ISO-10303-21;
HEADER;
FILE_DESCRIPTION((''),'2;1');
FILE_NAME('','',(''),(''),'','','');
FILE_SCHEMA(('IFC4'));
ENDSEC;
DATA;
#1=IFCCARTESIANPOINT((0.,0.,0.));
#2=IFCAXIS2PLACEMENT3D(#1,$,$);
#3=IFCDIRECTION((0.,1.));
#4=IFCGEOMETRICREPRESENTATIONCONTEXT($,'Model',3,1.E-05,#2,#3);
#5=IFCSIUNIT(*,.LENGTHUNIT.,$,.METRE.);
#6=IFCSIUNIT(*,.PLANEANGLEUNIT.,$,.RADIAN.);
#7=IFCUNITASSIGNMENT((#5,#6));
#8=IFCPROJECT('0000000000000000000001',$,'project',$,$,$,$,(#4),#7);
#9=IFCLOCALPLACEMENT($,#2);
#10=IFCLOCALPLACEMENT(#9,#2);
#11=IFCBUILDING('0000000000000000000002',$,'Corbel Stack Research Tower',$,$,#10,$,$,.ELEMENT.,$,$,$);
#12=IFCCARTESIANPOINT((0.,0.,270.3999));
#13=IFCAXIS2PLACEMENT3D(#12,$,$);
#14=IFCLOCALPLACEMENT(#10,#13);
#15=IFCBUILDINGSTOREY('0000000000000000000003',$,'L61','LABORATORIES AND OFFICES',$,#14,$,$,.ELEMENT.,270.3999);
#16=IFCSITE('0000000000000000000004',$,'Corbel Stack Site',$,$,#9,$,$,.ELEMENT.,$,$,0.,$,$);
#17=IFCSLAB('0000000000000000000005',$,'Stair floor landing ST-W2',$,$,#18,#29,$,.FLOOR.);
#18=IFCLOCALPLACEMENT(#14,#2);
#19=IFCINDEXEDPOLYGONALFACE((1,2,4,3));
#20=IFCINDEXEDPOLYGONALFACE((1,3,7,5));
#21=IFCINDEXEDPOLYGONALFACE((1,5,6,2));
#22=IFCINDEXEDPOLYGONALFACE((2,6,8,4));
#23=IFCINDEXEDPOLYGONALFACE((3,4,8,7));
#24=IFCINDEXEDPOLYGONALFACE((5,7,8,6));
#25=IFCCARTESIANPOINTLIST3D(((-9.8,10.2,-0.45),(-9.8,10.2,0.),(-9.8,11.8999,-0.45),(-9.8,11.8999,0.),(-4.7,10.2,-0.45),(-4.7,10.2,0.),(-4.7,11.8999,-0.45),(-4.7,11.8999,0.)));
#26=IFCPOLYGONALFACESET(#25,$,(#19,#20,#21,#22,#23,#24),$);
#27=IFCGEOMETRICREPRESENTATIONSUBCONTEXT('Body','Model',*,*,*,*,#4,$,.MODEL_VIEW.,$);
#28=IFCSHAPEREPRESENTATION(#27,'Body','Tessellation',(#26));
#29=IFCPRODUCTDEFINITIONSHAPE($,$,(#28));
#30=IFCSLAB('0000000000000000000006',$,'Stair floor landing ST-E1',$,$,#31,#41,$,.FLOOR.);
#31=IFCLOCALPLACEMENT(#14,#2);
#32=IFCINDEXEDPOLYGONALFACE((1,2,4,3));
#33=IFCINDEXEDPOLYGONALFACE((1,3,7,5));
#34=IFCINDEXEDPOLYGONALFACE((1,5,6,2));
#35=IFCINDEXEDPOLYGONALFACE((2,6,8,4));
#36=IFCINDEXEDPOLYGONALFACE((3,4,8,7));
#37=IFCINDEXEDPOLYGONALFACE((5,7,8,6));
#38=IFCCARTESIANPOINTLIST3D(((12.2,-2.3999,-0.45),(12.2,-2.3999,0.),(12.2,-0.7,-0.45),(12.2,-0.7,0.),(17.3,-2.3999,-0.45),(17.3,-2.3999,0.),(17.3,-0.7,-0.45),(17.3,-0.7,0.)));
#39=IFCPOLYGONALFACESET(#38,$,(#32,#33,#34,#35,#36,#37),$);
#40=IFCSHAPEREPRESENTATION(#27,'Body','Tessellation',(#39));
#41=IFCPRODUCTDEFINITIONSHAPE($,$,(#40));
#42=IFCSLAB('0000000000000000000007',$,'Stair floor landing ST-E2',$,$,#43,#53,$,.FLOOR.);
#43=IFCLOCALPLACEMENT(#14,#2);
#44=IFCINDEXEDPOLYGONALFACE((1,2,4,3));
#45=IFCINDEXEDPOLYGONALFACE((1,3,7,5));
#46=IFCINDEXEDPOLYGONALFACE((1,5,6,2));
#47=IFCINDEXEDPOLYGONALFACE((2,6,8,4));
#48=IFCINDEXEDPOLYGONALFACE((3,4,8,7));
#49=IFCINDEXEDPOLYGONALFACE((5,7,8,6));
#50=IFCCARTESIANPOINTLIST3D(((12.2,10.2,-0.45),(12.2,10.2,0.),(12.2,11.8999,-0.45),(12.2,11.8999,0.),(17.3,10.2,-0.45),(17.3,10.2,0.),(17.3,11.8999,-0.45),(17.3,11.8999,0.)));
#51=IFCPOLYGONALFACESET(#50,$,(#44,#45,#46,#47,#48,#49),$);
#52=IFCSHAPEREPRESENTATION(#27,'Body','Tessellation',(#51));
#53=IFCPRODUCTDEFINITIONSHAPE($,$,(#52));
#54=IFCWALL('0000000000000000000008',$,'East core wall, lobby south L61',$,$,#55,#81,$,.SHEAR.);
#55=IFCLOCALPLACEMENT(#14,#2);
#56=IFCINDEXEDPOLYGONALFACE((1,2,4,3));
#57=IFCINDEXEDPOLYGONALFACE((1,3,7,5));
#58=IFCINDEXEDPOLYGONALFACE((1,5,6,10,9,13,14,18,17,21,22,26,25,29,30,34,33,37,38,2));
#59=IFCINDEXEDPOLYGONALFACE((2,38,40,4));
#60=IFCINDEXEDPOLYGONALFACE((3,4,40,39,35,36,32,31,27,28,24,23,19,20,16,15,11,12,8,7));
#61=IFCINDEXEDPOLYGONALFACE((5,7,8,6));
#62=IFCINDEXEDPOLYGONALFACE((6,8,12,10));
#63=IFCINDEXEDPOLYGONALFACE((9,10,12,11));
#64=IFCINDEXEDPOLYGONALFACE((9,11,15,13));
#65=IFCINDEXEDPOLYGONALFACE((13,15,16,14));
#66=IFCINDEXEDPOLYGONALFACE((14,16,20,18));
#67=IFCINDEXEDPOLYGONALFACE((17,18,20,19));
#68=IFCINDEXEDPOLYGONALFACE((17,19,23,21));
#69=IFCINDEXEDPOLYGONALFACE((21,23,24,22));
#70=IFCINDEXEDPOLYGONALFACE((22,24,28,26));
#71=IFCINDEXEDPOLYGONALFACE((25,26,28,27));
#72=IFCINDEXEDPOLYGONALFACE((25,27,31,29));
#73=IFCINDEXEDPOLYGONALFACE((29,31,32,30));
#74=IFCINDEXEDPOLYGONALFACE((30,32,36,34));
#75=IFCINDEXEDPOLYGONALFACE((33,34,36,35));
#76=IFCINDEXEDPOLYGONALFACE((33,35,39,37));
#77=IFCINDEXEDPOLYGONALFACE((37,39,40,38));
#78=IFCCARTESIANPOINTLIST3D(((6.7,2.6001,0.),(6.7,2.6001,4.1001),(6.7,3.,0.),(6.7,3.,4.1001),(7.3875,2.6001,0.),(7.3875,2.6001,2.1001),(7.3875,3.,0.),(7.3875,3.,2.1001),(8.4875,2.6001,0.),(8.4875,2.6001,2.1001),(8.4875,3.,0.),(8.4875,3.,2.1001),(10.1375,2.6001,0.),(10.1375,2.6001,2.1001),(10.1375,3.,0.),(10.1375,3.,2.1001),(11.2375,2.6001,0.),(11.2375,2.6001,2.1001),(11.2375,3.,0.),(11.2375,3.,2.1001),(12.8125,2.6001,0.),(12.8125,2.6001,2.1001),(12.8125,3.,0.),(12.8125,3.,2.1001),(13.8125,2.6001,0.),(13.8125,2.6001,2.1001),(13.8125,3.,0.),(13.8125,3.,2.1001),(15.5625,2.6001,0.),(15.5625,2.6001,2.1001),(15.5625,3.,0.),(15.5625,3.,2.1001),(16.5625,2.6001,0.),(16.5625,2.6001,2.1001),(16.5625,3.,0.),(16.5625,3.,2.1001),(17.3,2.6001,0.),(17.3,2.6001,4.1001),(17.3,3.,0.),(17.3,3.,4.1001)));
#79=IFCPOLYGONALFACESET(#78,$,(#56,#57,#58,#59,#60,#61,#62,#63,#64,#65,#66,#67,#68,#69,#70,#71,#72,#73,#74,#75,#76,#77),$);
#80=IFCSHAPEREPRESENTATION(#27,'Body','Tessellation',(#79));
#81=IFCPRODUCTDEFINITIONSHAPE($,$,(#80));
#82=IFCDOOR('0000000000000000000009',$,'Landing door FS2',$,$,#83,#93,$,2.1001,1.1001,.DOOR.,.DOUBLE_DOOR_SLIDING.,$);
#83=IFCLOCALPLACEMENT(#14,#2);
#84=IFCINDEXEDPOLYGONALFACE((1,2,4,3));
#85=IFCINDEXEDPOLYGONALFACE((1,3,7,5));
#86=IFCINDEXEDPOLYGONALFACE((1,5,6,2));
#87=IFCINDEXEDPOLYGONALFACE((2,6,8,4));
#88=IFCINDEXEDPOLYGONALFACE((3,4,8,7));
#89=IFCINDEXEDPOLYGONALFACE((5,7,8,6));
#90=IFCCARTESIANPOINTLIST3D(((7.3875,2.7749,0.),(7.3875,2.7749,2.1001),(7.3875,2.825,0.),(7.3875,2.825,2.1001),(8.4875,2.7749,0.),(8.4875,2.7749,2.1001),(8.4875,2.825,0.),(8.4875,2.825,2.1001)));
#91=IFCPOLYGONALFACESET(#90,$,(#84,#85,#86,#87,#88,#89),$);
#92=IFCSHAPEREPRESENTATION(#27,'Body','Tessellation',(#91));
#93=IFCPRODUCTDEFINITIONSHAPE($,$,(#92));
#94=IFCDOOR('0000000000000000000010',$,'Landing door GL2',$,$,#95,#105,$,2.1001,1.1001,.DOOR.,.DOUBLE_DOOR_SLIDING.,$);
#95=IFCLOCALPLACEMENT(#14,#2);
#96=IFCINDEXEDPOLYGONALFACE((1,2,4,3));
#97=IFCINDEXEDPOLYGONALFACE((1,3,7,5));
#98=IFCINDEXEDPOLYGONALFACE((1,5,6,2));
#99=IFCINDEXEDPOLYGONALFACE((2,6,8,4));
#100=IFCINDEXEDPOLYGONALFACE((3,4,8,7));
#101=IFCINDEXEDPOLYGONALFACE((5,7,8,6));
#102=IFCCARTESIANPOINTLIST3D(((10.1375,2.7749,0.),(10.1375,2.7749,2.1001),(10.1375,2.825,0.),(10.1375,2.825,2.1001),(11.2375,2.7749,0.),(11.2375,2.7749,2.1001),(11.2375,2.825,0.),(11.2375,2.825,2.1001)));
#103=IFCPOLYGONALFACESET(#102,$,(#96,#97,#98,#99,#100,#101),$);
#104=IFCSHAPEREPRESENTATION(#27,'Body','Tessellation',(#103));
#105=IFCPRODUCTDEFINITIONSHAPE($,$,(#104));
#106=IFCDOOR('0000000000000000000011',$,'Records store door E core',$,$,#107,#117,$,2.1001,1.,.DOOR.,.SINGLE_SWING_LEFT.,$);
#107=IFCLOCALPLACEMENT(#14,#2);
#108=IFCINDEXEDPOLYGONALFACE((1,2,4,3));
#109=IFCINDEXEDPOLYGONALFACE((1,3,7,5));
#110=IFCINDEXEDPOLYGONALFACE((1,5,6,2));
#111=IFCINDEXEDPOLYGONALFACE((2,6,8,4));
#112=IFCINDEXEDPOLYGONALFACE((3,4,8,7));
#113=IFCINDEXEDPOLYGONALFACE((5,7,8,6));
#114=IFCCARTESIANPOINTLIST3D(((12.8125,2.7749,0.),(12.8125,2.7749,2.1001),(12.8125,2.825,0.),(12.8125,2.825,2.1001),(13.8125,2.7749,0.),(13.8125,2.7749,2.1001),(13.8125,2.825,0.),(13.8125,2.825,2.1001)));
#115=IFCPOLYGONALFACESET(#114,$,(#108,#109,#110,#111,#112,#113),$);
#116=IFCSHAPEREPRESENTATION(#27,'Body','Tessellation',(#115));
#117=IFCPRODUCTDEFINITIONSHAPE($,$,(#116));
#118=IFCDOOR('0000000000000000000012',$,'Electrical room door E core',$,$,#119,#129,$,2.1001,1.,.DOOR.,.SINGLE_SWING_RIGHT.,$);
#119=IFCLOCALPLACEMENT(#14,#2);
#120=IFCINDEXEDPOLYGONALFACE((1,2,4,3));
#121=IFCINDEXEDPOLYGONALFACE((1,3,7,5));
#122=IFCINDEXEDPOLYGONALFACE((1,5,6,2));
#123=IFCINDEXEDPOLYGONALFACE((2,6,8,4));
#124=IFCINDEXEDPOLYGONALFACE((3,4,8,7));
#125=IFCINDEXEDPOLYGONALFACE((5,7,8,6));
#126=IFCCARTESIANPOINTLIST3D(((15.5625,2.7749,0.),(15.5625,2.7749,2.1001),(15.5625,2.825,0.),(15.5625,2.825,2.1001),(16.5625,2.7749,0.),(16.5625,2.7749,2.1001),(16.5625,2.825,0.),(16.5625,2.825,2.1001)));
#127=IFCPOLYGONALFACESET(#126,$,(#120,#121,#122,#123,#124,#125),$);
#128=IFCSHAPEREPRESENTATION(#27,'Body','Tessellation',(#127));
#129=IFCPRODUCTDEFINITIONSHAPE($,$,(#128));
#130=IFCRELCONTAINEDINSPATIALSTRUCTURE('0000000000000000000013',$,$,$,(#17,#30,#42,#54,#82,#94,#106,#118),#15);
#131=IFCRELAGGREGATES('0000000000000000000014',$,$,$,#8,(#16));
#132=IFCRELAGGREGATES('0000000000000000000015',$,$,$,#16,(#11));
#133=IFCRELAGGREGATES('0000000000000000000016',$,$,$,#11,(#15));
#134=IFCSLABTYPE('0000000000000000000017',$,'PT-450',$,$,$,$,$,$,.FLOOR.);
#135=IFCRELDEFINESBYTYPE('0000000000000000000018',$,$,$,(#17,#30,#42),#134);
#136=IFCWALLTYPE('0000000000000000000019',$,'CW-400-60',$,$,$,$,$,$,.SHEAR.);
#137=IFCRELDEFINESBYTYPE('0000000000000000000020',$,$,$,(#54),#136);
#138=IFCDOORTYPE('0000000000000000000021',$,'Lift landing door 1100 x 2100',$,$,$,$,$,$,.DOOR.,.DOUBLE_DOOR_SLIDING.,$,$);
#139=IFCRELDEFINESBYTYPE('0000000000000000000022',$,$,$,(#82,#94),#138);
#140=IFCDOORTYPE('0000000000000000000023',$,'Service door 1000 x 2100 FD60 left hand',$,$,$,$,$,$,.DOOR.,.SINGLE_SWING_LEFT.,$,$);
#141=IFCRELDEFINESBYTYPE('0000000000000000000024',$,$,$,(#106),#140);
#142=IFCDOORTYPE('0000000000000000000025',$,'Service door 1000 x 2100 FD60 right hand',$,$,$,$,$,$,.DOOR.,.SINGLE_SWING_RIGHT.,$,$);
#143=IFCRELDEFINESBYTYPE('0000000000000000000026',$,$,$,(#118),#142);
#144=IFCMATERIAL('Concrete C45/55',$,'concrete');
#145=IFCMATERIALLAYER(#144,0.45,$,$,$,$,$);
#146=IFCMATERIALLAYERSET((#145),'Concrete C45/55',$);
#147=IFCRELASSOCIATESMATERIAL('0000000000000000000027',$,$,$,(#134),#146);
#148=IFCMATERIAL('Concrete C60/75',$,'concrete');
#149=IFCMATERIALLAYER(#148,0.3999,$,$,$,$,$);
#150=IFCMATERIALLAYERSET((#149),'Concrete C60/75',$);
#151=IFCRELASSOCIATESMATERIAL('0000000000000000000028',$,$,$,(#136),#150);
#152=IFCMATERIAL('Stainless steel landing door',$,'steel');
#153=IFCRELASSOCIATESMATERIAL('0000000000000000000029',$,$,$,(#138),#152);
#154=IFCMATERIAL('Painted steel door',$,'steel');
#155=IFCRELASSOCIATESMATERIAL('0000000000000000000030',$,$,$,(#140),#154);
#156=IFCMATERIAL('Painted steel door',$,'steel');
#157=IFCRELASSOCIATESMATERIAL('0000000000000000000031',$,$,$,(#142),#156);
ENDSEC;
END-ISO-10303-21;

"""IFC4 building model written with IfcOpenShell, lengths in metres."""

from ifc_helpers import new_model, si_unit, direction, frame, frame_2d, origin, place, context, subcontext, project, spatial, polyline, rectangle, outline, extrude, material, layer, layer_set, type_object, element, fill, save


model = new_model("IFC4")

# Units and contexts
model_context = context("Model", 3, precision=1e-05, world=origin(), true_north=direction((0.0, 1.0)))
body_context = subcontext(model_context, "Body", "Model", "MODEL_VIEW")
ifc_project = project(units=[si_unit("LENGTHUNIT", "METRE"), si_unit("PLANEANGLEUNIT", "RADIAN")], contexts=[model_context])

# Site, building, storey
site_placement = place(None, origin())
site = spatial("IfcSite", under=ifc_project, at=site_placement, Name="Corbel Stack Site", CompositionType="ELEMENT", RefElevation=0.0)
building_placement = place(site_placement, origin())
building = spatial("IfcBuilding", under=site, at=building_placement, Name="Corbel Stack Research Tower", CompositionType="ELEMENT")
storey_placement = place(building_placement, frame((0.0, 0.0, 270.3999)))
storey = spatial("IfcBuildingStorey", under=building, at=storey_placement, Name="L61", Description="LABORATORIES AND OFFICES", CompositionType="ELEMENT", Elevation=270.3999)

# Slabs
ifc_material_1 = material(Name="Concrete C45/55", Category="concrete")
ifc_layer_1 = layer(ifc_material_1, 0.45)
ifc_layer_set_1 = layer_set([ifc_layer_1], Name="Concrete C45/55")
slab_type = type_object("IfcSlabType", Name="PT-450", PredefinedType="FLOOR", material=ifc_layer_set_1)
slab_1_placement = place(storey_placement, frame((0.0, 0.0, -0.45)))
element("IfcSlab", 1, at=slab_1_placement, inside=storey, type_object=slab_type, Name="Stair floor landing ST-W2", PredefinedType="FLOOR", context=body_context, shape_type="SweptSolid", body=[
    extrude(outline(polyline([(-9.8, 10.2), (-4.7, 10.2), (-4.7, 11.8999), (-9.8, 11.8999), (-9.8, 10.2)])), origin(), (0.0, 0.0, 1.0), 0.45),
])
slab_2_placement = place(storey_placement, frame((0.0, 0.0, -0.45)))
element("IfcSlab", 2, at=slab_2_placement, inside=storey, type_object=slab_type, Name="Stair floor landing ST-E1", PredefinedType="FLOOR", context=body_context, shape_type="SweptSolid", body=[
    extrude(outline(polyline([(12.2, -2.3999), (17.3, -2.3999), (17.3, -0.7), (12.2, -0.7), (12.2, -2.3999)])), origin(), (0.0, 0.0, 1.0), 0.45),
])
slab_3_placement = place(storey_placement, frame((0.0, 0.0, -0.45)))
element("IfcSlab", 3, at=slab_3_placement, inside=storey, type_object=slab_type, Name="Stair floor landing ST-E2", PredefinedType="FLOOR", context=body_context, shape_type="SweptSolid", body=[
    extrude(outline(polyline([(12.2, 10.2), (17.3, 10.2), (17.3, 11.8999), (12.2, 11.8999), (12.2, 10.2)])), origin(), (0.0, 0.0, 1.0), 0.45),
])

# Wall, openings, doors
ifc_material_2 = material(Name="Concrete C60/75", Category="concrete")
ifc_layer_2 = layer(ifc_material_2, 0.3999)
ifc_layer_set_2 = layer_set([ifc_layer_2], Name="Concrete C60/75")
wall_type_1 = type_object("IfcWallType", Name="CW-400-60", PredefinedType="SHEAR", material=ifc_layer_set_2)
wall_1_placement = place(storey_placement, frame((6.7, 2.8, 0.0), z_axis=(0.0, 0.0, 1.0), x_axis=(1.0, 0.0, 0.0)))
wall_1 = element("IfcWall", 4, at=wall_1_placement, inside=storey, type_object=wall_type_1, Name="East core wall, lobby south L61", PredefinedType="SHEAR", context=body_context, shape_type="SweptSolid", body=[
    extrude(rectangle(XDim=10.6001, YDim=0.3999, at=frame_2d((5.3, 0.0))), origin(), (0.0, 0.0, 1.0), 4.1001),
])
opening_1_placement = place(wall_1_placement, frame((0.6875, 0.0, 0.0)))
opening_1 = element("IfcOpeningElement", 5, at=opening_1_placement, cuts=wall_1, PredefinedType="OPENING", context=body_context, shape_type="SweptSolid", body=[
    extrude(rectangle(XDim=1.1001, YDim=2.1001, at=frame_2d((0.55, 1.05))), frame((0.0, 0.21, 0.0), z_axis=(0.0, -1.0, 0.0), x_axis=(1.0, 0.0, 0.0)), (0.0, 0.0, 1.0), 0.4199),
])
opening_2_placement = place(wall_1_placement, frame((3.4375, 0.0, 0.0)))
opening_2 = element("IfcOpeningElement", 6, at=opening_2_placement, cuts=wall_1, PredefinedType="OPENING", context=body_context, shape_type="SweptSolid", body=[
    extrude(rectangle(XDim=1.1001, YDim=2.1001, at=frame_2d((0.55, 1.05))), frame((0.0, 0.21, 0.0), z_axis=(0.0, -1.0, 0.0), x_axis=(1.0, 0.0, 0.0)), (0.0, 0.0, 1.0), 0.4199),
])
opening_3_placement = place(wall_1_placement, frame((6.1125, 0.0, 0.0)))
opening_3 = element("IfcOpeningElement", 7, at=opening_3_placement, cuts=wall_1, PredefinedType="OPENING", context=body_context, shape_type="SweptSolid", body=[
    extrude(rectangle(XDim=1.0, YDim=2.1001, at=frame_2d((0.5, 1.05))), frame((0.0, 0.21, 0.0), z_axis=(0.0, -1.0, 0.0), x_axis=(1.0, 0.0, 0.0)), (0.0, 0.0, 1.0), 0.4199),
])
opening_4_placement = place(wall_1_placement, frame((8.8625, 0.0, 0.0)))
opening_4 = element("IfcOpeningElement", 8, at=opening_4_placement, cuts=wall_1, PredefinedType="OPENING", context=body_context, shape_type="SweptSolid", body=[
    extrude(rectangle(XDim=1.0, YDim=2.1001, at=frame_2d((0.5, 1.05))), frame((0.0, 0.21, 0.0), z_axis=(0.0, -1.0, 0.0), x_axis=(1.0, 0.0, 0.0)), (0.0, 0.0, 1.0), 0.4199),
])
ifc_material_3 = material(Name="Stainless steel landing door", Category="steel")
door_type_1 = type_object("IfcDoorType", Name="Lift landing door 1100 x 2100", OperationType="DOUBLE_DOOR_SLIDING", PredefinedType="DOOR", material=ifc_material_3)
door_1_placement = place(opening_1_placement, origin())
door_1 = element("IfcDoor", 9, at=door_1_placement, inside=storey, type_object=door_type_1, Name="Landing door FS2", OperationType="DOUBLE_DOOR_SLIDING", OverallHeight=2.1001, OverallWidth=1.1001, PredefinedType="DOOR", context=body_context, shape_type="SweptSolid", body=[
    extrude(rectangle(XDim=1.1001, YDim=2.1001, at=frame_2d((0.55, 1.05))), frame((0.0, 0.0249, 0.0), z_axis=(0.0, -1.0, 0.0), x_axis=(1.0, 0.0, 0.0)), (0.0, 0.0, 1.0), 0.05),
])
fill(opening_1, door_1)
door_2_placement = place(opening_2_placement, origin())
door_2 = element("IfcDoor", 10, at=door_2_placement, inside=storey, type_object=door_type_1, Name="Landing door GL2", OperationType="DOUBLE_DOOR_SLIDING", OverallHeight=2.1001, OverallWidth=1.1001, PredefinedType="DOOR", context=body_context, shape_type="SweptSolid", body=[
    extrude(rectangle(XDim=1.1001, YDim=2.1001, at=frame_2d((0.55, 1.05))), frame((0.0, 0.0249, 0.0), z_axis=(0.0, -1.0, 0.0), x_axis=(1.0, 0.0, 0.0)), (0.0, 0.0, 1.0), 0.05),
])
fill(opening_2, door_2)
ifc_material_4 = material(Name="Painted steel door", Category="steel")
door_type_2 = type_object("IfcDoorType", Name="Service door 1000 x 2100 FD60 left hand", OperationType="SINGLE_SWING_LEFT", PredefinedType="DOOR", material=ifc_material_4)
door_3_placement = place(opening_3_placement, origin())
door_3 = element("IfcDoor", 11, at=door_3_placement, inside=storey, type_object=door_type_2, Name="Records store door E core", OperationType="SINGLE_SWING_LEFT", OverallHeight=2.1001, OverallWidth=1.0, PredefinedType="DOOR", context=body_context, shape_type="SweptSolid", body=[
    extrude(rectangle(XDim=1.0, YDim=2.1001, at=frame_2d((0.5, 1.05))), frame((0.0, 0.0249, 0.0), z_axis=(0.0, -1.0, 0.0), x_axis=(1.0, 0.0, 0.0)), (0.0, 0.0, 1.0), 0.05),
])
fill(opening_3, door_3)
ifc_material_5 = material(Name="Painted steel door", Category="steel")
door_type_3 = type_object("IfcDoorType", Name="Service door 1000 x 2100 FD60 right hand", OperationType="SINGLE_SWING_RIGHT", PredefinedType="DOOR", material=ifc_material_5)
door_4_placement = place(opening_4_placement, origin())
door_4 = element("IfcDoor", 12, at=door_4_placement, inside=storey, type_object=door_type_3, Name="Electrical room door E core", OperationType="SINGLE_SWING_RIGHT", OverallHeight=2.1001, OverallWidth=1.0, PredefinedType="DOOR", context=body_context, shape_type="SweptSolid", body=[
    extrude(rectangle(XDim=1.0, YDim=2.1001, at=frame_2d((0.5, 1.05))), frame((0.0, 0.0249, 0.0), z_axis=(0.0, -1.0, 0.0), x_axis=(1.0, 0.0, 0.0)), (0.0, 0.0, 1.0), 0.05),
])
fill(opening_4, door_4)

save(model, "model.ifc")
